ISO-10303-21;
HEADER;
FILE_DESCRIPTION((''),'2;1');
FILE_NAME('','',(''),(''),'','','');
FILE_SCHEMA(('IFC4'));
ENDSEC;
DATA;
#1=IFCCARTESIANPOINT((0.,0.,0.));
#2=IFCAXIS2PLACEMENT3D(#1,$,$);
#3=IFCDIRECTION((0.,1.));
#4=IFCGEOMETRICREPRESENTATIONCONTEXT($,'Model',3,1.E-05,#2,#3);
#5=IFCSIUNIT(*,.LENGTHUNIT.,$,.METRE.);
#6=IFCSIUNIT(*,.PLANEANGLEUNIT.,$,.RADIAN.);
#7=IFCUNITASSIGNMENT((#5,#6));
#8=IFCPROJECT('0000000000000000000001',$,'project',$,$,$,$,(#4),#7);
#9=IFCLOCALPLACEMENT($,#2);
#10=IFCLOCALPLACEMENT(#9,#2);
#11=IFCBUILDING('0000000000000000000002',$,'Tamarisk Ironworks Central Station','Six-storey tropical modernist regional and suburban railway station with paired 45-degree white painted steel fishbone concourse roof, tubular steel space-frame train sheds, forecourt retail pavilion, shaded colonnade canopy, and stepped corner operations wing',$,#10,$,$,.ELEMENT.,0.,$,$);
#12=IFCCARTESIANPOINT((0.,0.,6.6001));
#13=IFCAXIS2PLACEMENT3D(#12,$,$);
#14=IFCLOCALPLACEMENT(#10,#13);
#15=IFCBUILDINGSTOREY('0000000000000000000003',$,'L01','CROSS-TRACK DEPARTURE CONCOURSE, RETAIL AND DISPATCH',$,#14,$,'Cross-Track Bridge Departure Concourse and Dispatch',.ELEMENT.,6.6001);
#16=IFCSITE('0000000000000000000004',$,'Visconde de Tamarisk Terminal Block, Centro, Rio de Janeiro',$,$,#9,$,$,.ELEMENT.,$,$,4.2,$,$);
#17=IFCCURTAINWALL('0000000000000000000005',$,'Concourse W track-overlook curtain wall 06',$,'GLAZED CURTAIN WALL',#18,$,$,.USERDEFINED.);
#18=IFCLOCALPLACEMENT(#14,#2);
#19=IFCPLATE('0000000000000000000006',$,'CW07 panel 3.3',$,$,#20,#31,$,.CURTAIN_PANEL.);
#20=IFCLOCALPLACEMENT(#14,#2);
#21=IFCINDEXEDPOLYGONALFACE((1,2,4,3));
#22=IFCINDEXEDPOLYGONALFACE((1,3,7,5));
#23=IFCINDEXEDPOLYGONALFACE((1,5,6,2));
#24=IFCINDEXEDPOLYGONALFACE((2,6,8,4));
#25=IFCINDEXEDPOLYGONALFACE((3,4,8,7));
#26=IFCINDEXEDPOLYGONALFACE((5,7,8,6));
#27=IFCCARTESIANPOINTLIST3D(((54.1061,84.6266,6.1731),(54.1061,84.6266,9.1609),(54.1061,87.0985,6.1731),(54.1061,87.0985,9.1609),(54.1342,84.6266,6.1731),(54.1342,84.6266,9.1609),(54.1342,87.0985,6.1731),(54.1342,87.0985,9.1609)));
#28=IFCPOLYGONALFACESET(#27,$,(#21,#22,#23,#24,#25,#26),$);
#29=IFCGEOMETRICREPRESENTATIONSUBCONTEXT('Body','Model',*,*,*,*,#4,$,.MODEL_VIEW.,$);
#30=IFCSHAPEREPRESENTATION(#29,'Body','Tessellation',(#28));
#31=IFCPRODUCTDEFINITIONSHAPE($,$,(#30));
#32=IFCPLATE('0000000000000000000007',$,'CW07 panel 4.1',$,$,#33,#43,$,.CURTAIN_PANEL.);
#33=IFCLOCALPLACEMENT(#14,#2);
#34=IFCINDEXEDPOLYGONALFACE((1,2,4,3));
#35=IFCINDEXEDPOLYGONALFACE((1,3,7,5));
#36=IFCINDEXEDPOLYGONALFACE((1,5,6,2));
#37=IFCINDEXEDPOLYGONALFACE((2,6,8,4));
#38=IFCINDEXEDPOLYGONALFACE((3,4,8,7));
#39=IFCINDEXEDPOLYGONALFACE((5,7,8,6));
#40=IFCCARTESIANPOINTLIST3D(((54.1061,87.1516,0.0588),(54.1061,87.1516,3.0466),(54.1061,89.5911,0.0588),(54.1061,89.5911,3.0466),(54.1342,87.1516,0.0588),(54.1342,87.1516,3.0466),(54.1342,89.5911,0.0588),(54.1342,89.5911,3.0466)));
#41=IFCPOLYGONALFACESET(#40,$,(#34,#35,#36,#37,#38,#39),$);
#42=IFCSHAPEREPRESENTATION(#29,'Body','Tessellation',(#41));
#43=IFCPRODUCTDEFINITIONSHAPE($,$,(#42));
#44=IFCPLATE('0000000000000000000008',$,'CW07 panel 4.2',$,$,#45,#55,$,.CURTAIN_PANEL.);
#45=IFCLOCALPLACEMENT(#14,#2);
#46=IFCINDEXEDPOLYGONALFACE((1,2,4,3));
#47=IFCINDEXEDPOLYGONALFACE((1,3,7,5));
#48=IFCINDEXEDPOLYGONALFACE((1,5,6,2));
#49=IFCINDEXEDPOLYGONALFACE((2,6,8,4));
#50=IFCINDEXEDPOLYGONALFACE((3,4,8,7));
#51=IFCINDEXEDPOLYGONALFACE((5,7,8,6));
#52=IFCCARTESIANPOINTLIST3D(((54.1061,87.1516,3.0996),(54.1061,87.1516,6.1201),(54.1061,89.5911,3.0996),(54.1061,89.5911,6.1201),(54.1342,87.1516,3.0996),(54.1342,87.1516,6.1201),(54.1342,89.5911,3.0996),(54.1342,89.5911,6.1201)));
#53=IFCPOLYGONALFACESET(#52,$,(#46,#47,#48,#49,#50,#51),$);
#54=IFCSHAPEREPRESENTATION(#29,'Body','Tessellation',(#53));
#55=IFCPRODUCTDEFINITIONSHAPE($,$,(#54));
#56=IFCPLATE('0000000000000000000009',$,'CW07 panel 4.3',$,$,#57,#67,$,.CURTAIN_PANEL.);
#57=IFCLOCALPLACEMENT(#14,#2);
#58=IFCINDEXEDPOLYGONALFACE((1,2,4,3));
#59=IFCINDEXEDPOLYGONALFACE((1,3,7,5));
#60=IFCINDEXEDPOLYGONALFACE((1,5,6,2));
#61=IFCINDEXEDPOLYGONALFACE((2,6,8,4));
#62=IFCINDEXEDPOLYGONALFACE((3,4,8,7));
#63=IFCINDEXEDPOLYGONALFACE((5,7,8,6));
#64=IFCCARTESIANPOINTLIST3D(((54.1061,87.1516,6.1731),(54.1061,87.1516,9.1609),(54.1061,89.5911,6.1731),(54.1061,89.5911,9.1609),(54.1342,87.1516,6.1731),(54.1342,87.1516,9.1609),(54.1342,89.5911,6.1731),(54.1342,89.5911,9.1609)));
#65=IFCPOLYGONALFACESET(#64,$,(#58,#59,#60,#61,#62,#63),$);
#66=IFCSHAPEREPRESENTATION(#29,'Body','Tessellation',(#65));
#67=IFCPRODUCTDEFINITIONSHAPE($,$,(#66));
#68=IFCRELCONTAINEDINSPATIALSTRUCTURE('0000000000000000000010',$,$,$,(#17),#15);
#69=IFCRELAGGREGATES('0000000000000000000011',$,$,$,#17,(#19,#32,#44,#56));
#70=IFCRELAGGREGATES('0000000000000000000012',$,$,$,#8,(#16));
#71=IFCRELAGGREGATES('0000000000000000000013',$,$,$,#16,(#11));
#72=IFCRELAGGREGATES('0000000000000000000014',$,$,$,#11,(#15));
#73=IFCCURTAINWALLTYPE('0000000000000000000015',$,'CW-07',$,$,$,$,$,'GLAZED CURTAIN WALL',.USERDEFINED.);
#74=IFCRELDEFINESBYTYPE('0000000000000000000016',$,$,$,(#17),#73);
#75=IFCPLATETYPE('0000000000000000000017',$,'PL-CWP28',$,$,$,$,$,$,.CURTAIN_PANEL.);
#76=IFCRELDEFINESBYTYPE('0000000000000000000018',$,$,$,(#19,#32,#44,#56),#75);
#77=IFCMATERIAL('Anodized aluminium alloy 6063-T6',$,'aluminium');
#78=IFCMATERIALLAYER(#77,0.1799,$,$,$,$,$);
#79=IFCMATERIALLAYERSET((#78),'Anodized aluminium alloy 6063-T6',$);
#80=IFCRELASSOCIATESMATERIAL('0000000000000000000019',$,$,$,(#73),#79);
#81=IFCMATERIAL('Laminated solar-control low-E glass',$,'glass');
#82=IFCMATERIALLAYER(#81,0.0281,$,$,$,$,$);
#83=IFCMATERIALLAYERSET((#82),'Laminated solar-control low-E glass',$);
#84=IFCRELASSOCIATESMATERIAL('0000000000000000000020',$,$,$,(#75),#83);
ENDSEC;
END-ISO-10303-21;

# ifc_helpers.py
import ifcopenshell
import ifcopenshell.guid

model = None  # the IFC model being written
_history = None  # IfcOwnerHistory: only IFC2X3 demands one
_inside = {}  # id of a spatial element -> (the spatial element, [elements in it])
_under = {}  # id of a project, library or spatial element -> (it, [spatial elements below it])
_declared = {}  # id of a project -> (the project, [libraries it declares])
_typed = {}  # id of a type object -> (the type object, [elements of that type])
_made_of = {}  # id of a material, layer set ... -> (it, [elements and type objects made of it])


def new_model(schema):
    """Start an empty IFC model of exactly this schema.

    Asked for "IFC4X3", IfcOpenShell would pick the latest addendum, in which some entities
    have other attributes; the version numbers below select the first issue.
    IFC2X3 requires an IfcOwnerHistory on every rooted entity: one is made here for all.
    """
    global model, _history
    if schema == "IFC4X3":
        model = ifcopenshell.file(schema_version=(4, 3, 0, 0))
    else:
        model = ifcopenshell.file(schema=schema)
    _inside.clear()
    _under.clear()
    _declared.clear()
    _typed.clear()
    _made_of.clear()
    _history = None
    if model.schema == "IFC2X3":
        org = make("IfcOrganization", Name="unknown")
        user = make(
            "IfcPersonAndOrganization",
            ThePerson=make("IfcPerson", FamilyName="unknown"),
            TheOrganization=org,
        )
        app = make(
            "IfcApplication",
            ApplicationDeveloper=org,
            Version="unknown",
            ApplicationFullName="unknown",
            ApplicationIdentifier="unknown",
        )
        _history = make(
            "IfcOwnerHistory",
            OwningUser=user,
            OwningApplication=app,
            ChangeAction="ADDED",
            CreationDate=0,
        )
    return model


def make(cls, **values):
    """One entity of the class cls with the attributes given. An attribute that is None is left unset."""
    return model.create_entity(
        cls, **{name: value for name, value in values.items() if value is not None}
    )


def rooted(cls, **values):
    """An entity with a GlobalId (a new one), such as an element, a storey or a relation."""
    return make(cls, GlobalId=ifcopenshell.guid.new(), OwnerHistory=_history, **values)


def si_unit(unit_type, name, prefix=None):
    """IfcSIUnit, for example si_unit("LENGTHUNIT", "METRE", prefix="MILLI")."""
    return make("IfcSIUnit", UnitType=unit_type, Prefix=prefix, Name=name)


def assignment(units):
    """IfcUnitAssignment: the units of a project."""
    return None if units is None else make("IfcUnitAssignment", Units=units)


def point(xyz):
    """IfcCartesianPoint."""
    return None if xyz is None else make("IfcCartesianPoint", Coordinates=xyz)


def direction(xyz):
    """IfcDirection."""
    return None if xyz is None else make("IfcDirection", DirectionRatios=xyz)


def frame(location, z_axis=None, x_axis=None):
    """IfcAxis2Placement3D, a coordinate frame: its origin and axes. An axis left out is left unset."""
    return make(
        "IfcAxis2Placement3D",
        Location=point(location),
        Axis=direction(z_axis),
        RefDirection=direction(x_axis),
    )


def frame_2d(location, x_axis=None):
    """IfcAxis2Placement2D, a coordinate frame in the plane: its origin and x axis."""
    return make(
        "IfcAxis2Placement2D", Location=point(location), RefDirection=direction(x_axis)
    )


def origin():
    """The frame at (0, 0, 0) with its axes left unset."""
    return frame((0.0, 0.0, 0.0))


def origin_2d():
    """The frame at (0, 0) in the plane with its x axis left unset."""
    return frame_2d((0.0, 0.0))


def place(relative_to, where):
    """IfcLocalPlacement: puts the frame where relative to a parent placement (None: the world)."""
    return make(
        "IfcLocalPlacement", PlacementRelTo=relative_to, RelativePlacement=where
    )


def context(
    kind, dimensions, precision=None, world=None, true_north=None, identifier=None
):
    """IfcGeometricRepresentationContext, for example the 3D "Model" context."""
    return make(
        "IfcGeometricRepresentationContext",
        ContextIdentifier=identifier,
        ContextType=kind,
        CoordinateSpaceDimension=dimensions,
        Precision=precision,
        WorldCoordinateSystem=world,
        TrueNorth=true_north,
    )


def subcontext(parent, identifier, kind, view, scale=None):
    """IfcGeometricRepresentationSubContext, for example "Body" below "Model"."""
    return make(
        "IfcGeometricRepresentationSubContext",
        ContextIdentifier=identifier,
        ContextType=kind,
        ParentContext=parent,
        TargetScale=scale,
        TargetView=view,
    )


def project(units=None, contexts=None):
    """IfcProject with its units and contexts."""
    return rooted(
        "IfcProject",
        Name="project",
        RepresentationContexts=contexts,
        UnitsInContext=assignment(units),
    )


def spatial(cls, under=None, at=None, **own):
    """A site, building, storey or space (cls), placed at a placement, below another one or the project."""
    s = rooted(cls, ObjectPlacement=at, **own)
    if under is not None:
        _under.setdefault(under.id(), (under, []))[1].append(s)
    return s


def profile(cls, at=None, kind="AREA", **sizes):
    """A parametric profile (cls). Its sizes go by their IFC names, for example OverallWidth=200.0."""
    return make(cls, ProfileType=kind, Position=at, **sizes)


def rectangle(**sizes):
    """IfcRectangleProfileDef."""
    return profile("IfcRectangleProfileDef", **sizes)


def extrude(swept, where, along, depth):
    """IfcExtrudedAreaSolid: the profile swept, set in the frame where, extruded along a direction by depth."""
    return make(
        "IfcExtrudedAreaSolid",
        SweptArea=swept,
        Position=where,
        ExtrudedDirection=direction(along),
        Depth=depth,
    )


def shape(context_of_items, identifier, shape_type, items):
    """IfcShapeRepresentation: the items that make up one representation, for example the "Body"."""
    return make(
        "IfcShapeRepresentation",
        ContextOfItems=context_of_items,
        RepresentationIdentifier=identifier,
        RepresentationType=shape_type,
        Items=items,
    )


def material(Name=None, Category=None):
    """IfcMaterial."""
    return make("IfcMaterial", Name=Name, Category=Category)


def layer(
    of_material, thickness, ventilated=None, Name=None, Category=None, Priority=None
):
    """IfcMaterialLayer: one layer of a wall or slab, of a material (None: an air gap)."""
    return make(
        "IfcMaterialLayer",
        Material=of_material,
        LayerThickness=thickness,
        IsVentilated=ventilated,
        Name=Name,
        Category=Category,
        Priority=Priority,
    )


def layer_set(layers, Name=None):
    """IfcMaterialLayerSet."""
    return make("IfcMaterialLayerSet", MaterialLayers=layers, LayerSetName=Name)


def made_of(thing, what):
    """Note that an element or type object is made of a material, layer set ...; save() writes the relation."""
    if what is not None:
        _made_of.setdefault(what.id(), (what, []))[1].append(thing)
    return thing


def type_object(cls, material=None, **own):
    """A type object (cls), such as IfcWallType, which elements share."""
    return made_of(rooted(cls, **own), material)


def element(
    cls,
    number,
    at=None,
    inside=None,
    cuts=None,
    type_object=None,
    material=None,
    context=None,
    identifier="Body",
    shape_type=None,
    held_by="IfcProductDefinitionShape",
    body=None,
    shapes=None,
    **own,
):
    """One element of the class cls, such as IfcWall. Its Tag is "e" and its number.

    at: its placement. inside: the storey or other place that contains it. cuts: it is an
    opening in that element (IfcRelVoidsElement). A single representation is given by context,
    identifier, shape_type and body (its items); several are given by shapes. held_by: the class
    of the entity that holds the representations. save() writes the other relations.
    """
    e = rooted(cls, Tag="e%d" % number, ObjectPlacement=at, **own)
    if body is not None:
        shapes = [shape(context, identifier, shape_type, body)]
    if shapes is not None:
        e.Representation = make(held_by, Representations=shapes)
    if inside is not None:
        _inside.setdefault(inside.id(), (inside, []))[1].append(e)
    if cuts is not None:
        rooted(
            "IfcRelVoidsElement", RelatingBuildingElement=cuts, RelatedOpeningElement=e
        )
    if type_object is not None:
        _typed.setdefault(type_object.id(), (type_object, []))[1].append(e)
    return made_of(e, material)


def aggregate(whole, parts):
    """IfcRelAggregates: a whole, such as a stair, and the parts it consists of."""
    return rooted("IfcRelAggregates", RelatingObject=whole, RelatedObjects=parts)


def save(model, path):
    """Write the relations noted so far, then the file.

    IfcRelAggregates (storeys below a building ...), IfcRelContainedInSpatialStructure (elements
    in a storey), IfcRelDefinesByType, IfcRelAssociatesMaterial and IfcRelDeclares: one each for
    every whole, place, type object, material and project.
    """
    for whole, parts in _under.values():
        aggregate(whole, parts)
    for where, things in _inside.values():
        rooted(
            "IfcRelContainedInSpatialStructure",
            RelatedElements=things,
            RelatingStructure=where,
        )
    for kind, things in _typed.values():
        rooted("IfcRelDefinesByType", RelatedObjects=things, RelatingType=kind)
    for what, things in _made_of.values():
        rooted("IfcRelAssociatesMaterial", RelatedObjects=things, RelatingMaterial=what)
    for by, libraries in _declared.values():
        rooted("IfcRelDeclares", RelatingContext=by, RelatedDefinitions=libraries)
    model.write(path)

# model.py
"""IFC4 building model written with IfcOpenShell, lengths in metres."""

from ifc_helpers import new_model, si_unit, direction, frame, origin, origin_2d, place, context, subcontext, project, spatial, rectangle, extrude, material, layer, layer_set, type_object, element, aggregate, save


model = new_model("IFC4")

# Units and contexts
model_context = context("Model", 3, precision=1e-05, world=origin(), true_north=direction((0.0, 1.0)))
body_context = subcontext(model_context, "Body", "Model", "MODEL_VIEW")
ifc_project = project(units=[si_unit("LENGTHUNIT", "METRE"), si_unit("PLANEANGLEUNIT", "RADIAN")], contexts=[model_context])

# Site, building, storey
site_placement = place(None, origin())
site = spatial("IfcSite", under=ifc_project, at=site_placement, Name="Visconde de Tamarisk Terminal Block, Centro, Rio de Janeiro", CompositionType="ELEMENT", RefElevation=4.2)
building_placement = place(site_placement, origin())
building = spatial("IfcBuilding", under=site, at=building_placement, Name="Tamarisk Ironworks Central Station", Description="Six-storey tropical modernist regional and suburban railway station with paired 45-degree white painted steel fishbone concourse roof, tubular steel space-frame train sheds, forecourt retail pavilion, shaded colonnade canopy, and stepped corner operations wing", CompositionType="ELEMENT", ElevationOfRefHeight=0.0)
storey_placement = place(building_placement, frame((0.0, 0.0, 6.6001)))
storey = spatial("IfcBuildingStorey", under=building, at=storey_placement, Name="L01", Description="CROSS-TRACK DEPARTURE CONCOURSE, RETAIL AND DISPATCH", LongName="Cross-Track Bridge Departure Concourse and Dispatch", CompositionType="ELEMENT", Elevation=6.6001)

# Curtain wall
ifc_material_1 = material(Name="Anodized aluminium alloy 6063-T6", Category="aluminium")
ifc_layer_1 = layer(ifc_material_1, 0.1799)
ifc_layer_set_1 = layer_set([ifc_layer_1], Name="Anodized aluminium alloy 6063-T6")
curtain_wall_type_1 = type_object("IfcCurtainWallType", Name="CW-07", ElementType="GLAZED CURTAIN WALL", PredefinedType="USERDEFINED", material=ifc_layer_set_1)
curtain_wall_1_placement = place(storey_placement, origin())
curtain_wall_1 = element("IfcCurtainWall", 1, at=curtain_wall_1_placement, inside=storey, type_object=curtain_wall_type_1, Name="Concourse W track-overlook curtain wall 06", ObjectType="GLAZED CURTAIN WALL", PredefinedType="USERDEFINED")

# Plates
ifc_material_2 = material(Name="Laminated solar-control low-E glass", Category="glass")
ifc_layer_2 = layer(ifc_material_2, 0.0281)
ifc_layer_set_2 = layer_set([ifc_layer_2], Name="Laminated solar-control low-E glass")
plate_type = type_object("IfcPlateType", Name="PL-CWP28", PredefinedType="CURTAIN_PANEL", material=ifc_layer_set_2)
plate_1_placement = place(storey_placement, frame((54.1201, 85.8625, 6.1731), z_axis=(0.0, 0.0, 1.0), x_axis=(0.0, 1.0, 0.0)))
plate_1 = element("IfcPlate", 2, at=plate_1_placement, type_object=plate_type, Name="CW07 panel 3.3", PredefinedType="CURTAIN_PANEL", context=body_context, shape_type="SweptSolid", body=[
    extrude(rectangle(XDim=2.4719, YDim=0.0281, at=origin_2d()), origin(), (0.0, 0.0, 1.0), 2.9878),
])
plate_2_placement = place(storey_placement, frame((54.1201, 88.3713, 0.0588), z_axis=(0.0, 0.0, 1.0), x_axis=(0.0, 1.0, 0.0)))
plate_2 = element("IfcPlate", 3, at=plate_2_placement, type_object=plate_type, Name="CW07 panel 4.1", PredefinedType="CURTAIN_PANEL", context=body_context, shape_type="SweptSolid", body=[
    extrude(rectangle(XDim=2.4395, YDim=0.0281, at=origin_2d()), origin(), (0.0, 0.0, 1.0), 2.9878),
])
plate_3_placement = place(storey_placement, frame((54.1201, 88.3713, 3.0996), z_axis=(0.0, 0.0, 1.0), x_axis=(0.0, 1.0, 0.0)))
plate_3 = element("IfcPlate", 4, at=plate_3_placement, type_object=plate_type, Name="CW07 panel 4.2", PredefinedType="CURTAIN_PANEL", context=body_context, shape_type="SweptSolid", body=[
    extrude(rectangle(XDim=2.4395, YDim=0.0281, at=origin_2d()), origin(), (0.0, 0.0, 1.0), 3.0205),
])
plate_4_placement = place(storey_placement, frame((54.1201, 88.3713, 6.1731), z_axis=(0.0, 0.0, 1.0), x_axis=(0.0, 1.0, 0.0)))
plate_4 = element("IfcPlate", 5, at=plate_4_placement, type_object=plate_type, Name="CW07 panel 4.3", PredefinedType="CURTAIN_PANEL", context=body_context, shape_type="SweptSolid", body=[
    extrude(rectangle(XDim=2.4395, YDim=0.0281, at=origin_2d()), origin(), (0.0, 0.0, 1.0), 2.9878),
])
aggregate(curtain_wall_1, [plate_1, plate_2, plate_3, plate_4])

save(model, "model.ifc")
